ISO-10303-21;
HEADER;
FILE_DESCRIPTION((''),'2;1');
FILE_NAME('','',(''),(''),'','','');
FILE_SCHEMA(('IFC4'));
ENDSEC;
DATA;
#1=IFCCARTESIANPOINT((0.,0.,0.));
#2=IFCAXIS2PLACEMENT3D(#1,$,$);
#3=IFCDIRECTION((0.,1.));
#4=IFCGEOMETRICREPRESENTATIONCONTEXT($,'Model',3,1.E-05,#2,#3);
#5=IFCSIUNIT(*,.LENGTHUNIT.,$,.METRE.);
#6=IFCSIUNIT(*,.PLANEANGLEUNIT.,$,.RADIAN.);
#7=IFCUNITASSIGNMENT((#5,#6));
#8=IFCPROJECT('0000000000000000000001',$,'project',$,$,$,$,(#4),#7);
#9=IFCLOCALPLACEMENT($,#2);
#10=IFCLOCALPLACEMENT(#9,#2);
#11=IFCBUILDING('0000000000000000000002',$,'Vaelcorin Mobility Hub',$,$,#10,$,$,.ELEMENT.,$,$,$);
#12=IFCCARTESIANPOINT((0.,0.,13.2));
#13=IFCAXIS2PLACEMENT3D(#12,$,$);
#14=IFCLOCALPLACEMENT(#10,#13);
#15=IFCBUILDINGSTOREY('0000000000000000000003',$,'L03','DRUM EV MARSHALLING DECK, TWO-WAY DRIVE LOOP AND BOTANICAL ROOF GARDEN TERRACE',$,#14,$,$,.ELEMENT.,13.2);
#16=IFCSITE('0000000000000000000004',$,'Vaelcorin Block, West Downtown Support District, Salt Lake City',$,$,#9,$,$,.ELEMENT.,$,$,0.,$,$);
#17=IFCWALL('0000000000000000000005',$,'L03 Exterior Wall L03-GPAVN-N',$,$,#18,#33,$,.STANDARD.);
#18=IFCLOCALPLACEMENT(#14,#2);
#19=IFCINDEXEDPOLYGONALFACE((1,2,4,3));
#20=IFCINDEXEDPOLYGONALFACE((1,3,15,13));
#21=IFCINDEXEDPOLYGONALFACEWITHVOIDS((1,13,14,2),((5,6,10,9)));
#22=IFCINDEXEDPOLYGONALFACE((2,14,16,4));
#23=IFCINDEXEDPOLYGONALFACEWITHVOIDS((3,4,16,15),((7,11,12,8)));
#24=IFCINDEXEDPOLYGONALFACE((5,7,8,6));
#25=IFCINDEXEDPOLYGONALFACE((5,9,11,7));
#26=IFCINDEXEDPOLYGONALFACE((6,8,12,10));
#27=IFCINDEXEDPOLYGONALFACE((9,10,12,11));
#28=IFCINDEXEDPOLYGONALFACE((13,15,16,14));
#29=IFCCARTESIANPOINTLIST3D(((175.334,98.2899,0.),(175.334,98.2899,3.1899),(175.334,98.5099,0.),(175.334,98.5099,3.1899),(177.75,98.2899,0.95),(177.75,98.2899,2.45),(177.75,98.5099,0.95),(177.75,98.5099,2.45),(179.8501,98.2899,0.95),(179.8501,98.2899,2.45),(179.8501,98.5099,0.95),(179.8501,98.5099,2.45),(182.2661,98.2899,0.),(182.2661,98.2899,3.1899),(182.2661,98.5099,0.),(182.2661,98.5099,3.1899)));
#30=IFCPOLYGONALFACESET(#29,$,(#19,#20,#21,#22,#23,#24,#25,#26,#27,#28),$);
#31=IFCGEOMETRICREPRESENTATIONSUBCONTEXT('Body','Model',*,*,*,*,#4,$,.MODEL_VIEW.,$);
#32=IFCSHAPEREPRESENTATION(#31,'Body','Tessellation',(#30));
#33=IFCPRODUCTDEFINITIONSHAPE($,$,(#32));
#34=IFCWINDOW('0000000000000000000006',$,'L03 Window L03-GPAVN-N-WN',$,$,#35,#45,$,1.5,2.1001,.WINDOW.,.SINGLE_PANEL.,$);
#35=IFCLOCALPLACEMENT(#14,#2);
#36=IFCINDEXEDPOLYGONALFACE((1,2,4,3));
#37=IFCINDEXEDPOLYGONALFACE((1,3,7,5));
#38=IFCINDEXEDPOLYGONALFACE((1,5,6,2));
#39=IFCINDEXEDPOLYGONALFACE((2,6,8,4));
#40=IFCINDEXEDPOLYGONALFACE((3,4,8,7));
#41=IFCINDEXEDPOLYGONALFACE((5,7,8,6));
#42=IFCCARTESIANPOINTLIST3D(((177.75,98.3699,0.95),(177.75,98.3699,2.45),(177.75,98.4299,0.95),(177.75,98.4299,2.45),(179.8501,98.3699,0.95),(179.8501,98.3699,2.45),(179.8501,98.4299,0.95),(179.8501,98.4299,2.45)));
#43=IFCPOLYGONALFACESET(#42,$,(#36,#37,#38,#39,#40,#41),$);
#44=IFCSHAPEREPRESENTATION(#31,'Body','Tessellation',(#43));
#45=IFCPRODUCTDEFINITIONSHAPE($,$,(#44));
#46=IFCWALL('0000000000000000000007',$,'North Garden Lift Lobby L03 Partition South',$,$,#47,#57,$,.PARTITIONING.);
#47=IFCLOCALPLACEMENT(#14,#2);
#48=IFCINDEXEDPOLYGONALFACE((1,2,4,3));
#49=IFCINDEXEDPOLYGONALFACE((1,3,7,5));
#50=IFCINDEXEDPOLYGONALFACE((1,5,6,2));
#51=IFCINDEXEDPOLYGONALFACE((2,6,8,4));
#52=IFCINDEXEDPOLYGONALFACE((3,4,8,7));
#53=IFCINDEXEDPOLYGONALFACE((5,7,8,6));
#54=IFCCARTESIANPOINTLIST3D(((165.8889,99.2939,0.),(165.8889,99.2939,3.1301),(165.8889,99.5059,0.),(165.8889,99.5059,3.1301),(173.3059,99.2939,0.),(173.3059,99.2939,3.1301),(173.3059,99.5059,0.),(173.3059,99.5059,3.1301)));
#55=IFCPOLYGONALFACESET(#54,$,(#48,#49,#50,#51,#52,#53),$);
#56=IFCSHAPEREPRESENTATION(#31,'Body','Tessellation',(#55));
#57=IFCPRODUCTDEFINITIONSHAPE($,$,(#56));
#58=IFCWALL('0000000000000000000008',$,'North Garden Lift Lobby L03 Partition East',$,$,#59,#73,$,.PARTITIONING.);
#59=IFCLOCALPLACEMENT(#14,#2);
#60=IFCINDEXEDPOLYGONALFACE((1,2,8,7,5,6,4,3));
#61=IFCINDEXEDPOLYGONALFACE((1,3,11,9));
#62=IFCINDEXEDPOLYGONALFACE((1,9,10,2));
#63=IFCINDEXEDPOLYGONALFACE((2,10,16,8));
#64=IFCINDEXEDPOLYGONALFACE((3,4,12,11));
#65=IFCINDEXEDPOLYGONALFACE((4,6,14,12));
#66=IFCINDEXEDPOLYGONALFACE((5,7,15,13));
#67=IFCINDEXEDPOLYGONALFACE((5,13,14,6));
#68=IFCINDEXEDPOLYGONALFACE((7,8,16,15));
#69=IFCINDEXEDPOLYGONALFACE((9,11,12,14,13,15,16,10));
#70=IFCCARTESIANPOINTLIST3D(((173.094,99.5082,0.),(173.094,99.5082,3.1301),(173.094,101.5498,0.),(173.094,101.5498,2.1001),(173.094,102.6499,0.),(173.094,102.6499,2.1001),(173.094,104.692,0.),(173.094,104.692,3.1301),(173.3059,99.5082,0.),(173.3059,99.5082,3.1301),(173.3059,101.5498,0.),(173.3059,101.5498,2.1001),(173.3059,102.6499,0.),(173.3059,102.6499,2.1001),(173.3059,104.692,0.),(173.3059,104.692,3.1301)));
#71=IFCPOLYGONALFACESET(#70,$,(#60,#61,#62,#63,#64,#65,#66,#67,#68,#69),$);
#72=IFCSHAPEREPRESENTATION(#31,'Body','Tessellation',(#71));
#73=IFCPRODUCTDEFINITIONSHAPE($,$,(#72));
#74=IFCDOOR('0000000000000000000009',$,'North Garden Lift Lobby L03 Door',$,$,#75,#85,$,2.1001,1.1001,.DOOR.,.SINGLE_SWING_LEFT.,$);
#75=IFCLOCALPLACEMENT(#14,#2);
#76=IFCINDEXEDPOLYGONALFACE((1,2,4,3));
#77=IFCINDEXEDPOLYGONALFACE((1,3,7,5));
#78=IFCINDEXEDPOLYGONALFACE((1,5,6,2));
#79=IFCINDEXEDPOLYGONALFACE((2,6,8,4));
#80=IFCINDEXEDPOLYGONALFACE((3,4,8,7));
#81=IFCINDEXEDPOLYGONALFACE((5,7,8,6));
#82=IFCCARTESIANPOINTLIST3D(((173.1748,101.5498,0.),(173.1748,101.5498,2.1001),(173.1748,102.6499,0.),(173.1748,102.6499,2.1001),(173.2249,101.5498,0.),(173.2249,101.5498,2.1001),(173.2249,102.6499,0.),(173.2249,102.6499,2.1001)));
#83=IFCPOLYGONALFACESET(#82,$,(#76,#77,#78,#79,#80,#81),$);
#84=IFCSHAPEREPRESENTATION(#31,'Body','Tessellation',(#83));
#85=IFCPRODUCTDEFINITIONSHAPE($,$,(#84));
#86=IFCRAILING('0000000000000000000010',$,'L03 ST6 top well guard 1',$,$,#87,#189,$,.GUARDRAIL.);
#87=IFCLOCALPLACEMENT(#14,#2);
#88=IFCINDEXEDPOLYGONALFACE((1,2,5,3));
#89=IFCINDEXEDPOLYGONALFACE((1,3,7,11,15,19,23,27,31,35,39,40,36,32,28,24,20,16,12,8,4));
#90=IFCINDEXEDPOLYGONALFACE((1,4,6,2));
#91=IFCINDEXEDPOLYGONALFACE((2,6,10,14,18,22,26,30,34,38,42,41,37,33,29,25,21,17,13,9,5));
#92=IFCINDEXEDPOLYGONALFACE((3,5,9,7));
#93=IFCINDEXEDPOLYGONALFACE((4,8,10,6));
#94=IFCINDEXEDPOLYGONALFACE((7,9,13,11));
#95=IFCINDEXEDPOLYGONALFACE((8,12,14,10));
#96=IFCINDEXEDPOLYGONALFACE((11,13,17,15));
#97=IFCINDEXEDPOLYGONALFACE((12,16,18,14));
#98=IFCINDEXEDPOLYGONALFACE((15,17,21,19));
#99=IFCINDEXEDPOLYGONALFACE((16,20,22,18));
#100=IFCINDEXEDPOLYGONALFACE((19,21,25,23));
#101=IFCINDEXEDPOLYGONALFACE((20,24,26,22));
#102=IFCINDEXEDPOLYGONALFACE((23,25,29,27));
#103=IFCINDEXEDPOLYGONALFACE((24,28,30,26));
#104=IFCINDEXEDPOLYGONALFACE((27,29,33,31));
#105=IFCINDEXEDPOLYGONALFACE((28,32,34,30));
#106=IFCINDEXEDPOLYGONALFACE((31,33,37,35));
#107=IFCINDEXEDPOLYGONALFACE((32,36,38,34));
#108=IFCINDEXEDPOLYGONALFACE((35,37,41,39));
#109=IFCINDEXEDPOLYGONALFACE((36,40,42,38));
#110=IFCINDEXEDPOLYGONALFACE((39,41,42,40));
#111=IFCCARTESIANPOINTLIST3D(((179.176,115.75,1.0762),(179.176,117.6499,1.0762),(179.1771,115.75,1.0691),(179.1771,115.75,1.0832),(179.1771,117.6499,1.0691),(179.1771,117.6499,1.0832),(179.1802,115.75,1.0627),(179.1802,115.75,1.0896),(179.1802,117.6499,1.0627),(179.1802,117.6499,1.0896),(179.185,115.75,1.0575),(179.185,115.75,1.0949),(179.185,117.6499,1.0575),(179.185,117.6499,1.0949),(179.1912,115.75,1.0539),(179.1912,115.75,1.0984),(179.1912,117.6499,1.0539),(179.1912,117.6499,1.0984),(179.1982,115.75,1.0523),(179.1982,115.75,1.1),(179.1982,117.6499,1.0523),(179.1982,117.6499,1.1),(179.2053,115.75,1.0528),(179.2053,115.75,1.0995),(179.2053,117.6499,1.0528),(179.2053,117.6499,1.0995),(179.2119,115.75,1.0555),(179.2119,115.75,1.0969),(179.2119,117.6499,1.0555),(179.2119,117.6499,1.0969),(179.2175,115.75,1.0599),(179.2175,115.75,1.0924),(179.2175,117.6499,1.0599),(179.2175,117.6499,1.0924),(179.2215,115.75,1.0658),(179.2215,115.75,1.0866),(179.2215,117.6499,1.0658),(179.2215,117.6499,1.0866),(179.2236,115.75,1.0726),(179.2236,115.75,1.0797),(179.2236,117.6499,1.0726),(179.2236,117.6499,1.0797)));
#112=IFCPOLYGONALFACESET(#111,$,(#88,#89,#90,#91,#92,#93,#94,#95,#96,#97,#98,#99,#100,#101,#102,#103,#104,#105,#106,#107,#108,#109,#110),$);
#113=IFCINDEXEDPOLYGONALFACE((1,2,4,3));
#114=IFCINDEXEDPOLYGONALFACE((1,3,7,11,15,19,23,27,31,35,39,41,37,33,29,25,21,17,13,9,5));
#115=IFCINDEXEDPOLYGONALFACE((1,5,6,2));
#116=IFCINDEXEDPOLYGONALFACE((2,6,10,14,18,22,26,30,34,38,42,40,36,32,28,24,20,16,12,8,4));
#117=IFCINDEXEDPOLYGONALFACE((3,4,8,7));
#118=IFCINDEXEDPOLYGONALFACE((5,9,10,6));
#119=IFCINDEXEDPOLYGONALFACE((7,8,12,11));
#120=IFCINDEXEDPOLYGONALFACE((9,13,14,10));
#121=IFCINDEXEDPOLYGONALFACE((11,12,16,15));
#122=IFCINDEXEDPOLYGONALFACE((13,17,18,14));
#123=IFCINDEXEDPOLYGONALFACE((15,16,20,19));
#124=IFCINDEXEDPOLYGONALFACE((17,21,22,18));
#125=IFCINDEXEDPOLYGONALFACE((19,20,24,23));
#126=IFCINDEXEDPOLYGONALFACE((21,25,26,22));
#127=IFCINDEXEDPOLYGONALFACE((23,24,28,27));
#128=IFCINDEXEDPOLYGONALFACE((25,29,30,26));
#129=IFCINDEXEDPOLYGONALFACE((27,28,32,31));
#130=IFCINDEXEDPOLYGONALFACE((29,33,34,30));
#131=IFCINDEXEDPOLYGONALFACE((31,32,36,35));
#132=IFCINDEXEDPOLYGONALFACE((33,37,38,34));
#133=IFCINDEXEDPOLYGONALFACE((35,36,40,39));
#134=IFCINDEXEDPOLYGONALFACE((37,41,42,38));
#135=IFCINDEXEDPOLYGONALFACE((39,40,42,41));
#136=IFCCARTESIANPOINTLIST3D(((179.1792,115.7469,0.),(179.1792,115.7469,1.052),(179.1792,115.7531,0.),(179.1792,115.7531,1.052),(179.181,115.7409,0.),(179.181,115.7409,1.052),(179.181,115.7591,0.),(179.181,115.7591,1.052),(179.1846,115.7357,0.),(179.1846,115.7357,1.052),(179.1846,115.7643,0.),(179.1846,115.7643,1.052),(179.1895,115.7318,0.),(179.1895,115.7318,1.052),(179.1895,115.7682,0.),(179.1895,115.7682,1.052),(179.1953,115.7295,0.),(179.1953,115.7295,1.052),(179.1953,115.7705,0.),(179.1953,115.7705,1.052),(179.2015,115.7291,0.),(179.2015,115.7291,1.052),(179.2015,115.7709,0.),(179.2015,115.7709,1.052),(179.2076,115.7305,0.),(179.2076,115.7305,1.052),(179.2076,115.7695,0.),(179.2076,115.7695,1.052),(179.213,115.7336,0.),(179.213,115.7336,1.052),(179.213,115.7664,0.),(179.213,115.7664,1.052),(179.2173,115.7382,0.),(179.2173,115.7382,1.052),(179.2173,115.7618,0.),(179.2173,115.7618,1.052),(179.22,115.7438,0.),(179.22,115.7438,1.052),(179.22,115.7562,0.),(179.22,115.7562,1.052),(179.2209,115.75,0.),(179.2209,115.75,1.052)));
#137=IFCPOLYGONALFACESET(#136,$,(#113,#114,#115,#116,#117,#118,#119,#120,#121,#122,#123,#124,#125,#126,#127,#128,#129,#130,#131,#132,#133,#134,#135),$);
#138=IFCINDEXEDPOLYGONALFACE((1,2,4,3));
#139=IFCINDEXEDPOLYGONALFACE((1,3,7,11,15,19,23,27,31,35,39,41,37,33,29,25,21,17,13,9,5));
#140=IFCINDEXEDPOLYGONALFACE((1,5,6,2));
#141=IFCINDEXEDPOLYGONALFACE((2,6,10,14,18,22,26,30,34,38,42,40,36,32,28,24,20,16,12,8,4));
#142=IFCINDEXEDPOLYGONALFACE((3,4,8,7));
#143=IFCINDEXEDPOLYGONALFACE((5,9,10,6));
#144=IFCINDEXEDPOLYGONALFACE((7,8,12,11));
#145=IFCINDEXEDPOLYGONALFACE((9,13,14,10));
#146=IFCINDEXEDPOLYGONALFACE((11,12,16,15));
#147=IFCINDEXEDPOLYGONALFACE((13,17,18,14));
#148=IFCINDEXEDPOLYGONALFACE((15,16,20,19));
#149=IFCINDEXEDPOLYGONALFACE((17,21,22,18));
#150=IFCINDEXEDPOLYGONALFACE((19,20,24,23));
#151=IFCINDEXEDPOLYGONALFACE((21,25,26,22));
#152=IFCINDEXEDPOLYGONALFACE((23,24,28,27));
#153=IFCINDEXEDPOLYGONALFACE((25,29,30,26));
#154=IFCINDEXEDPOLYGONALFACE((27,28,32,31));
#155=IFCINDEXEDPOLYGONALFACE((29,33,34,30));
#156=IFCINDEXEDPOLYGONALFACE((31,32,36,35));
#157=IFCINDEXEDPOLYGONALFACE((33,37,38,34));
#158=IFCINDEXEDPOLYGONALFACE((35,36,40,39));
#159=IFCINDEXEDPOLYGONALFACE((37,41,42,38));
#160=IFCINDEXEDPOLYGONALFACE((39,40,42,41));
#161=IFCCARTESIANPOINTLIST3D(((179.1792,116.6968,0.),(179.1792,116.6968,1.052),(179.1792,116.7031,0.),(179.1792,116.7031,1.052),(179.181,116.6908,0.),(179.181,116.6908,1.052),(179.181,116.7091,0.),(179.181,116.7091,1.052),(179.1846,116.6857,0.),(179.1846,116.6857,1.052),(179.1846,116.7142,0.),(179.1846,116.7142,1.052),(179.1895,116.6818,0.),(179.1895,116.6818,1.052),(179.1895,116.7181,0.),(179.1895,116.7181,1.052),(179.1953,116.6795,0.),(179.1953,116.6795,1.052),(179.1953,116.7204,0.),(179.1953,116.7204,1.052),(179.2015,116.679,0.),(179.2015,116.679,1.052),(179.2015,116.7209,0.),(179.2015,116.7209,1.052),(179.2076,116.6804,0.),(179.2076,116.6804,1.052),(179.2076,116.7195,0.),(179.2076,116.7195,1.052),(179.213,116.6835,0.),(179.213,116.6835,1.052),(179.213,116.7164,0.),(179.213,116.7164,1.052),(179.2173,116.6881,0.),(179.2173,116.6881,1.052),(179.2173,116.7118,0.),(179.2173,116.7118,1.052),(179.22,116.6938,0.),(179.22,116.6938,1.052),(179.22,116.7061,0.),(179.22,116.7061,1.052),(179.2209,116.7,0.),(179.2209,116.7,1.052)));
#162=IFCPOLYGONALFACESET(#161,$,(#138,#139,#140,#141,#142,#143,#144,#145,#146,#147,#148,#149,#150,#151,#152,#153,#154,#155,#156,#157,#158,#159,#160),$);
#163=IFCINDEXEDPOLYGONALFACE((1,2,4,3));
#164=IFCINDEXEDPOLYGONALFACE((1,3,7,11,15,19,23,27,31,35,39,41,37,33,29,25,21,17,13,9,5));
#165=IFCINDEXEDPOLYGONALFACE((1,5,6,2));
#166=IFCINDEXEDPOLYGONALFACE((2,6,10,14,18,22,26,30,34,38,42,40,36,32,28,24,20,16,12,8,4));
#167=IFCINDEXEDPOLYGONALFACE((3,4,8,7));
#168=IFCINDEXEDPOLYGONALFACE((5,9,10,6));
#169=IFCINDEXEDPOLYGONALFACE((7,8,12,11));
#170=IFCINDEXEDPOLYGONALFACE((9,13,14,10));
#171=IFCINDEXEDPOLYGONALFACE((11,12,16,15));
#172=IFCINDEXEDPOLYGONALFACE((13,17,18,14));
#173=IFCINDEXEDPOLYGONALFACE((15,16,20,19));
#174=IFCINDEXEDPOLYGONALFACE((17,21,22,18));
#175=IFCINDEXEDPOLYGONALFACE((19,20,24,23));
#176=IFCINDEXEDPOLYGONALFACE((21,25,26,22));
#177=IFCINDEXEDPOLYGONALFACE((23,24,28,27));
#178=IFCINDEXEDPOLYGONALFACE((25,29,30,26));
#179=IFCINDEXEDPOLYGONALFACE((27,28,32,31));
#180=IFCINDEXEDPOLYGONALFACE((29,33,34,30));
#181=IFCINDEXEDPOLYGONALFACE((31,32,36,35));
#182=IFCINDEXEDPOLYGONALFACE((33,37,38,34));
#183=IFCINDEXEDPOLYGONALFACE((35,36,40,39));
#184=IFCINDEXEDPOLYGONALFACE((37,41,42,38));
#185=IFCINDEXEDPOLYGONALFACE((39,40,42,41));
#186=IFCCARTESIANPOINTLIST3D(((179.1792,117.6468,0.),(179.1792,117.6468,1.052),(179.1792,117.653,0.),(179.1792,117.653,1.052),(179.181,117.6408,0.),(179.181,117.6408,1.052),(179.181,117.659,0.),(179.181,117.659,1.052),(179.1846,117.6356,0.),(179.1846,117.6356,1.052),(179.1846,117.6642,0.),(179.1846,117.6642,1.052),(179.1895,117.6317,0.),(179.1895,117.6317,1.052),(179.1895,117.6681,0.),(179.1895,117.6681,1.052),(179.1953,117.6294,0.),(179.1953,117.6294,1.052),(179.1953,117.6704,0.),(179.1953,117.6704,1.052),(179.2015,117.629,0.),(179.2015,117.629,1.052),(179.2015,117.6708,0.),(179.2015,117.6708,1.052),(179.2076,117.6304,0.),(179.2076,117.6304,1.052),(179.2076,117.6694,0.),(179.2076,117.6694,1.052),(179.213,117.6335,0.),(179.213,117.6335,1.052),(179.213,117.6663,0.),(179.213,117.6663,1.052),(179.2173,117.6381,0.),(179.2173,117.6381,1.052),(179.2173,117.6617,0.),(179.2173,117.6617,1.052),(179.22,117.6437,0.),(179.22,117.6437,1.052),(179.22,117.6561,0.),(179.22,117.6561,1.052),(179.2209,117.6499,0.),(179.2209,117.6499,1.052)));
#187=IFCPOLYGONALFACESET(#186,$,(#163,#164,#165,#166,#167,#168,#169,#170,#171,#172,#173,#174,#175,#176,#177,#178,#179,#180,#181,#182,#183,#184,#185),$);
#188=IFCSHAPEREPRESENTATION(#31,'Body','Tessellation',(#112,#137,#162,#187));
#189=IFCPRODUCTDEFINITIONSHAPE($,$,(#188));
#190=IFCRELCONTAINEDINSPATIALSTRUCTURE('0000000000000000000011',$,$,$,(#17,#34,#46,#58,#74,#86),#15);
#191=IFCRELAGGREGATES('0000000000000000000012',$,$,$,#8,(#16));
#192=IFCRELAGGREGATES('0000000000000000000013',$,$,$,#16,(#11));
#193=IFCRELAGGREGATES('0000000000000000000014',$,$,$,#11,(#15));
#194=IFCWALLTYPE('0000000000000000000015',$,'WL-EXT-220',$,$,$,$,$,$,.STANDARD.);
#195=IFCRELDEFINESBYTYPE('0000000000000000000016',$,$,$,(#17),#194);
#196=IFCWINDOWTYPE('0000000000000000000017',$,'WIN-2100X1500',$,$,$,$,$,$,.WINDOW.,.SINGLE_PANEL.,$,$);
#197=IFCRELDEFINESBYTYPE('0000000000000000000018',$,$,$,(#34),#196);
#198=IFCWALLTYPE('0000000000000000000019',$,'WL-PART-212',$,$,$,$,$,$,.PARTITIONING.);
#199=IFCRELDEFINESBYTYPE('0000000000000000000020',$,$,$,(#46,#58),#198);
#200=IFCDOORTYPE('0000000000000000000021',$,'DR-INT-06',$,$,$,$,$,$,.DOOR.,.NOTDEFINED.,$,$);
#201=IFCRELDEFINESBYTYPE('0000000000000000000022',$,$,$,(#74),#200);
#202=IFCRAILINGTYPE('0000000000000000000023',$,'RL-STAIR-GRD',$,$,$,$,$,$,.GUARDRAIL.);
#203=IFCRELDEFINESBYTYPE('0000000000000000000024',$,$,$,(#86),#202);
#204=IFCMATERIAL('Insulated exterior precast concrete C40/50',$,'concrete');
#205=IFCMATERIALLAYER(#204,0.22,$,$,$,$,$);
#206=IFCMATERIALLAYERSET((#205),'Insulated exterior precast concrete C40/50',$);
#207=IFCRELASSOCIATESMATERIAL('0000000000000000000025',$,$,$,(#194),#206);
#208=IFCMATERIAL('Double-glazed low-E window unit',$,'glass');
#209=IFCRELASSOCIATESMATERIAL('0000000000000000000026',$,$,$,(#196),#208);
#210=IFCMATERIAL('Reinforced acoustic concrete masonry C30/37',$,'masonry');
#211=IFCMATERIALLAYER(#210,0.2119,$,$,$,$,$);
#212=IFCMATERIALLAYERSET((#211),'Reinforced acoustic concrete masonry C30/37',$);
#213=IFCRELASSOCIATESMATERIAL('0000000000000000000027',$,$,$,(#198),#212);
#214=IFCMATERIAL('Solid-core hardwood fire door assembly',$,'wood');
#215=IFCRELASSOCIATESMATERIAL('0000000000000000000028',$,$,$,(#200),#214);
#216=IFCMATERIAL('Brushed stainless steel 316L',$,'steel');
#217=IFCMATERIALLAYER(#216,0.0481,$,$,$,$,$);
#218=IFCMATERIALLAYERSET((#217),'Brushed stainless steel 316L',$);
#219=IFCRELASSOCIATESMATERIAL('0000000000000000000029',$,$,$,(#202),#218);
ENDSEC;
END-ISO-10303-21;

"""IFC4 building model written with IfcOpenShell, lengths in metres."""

from ifc_helpers import new_model, si_unit, direction, frame, frame_2d, origin, origin_2d, place, context, subcontext, project, spatial, rectangle, circle, extrude, material, layer, layer_set, type_object, element, fill, save


model = new_model("IFC4")

# Units and contexts
model_context = context("Model", 3, precision=1e-05, world=origin(), true_north=direction((0.0, 1.0)))
body_context = subcontext(model_context, "Body", "Model", "MODEL_VIEW")
ifc_project = project(units=[si_unit("LENGTHUNIT", "METRE"), si_unit("PLANEANGLEUNIT", "RADIAN")], contexts=[model_context])

# Site, building, storey
site_placement = place(None, origin())
site = spatial("IfcSite", under=ifc_project, at=site_placement, Name="Vaelcorin Block, West Downtown Support District, Salt Lake City", CompositionType="ELEMENT", RefElevation=0.0)
building_placement = place(site_placement, origin())
building = spatial("IfcBuilding", under=site, at=building_placement, Name="Vaelcorin Mobility Hub", CompositionType="ELEMENT")
storey_placement = place(building_placement, frame((0.0, 0.0, 13.2)))
storey = spatial("IfcBuildingStorey", under=building, at=storey_placement, Name="L03", Description="DRUM EV MARSHALLING DECK, TWO-WAY DRIVE LOOP AND BOTANICAL ROOF GARDEN TERRACE", CompositionType="ELEMENT", Elevation=13.2)

# Wall, opening, window
ifc_material_1 = material(Name="Insulated exterior precast concrete C40/50", Category="concrete")
ifc_layer_1 = layer(ifc_material_1, 0.22)
ifc_layer_set_1 = layer_set([ifc_layer_1], Name="Insulated exterior precast concrete C40/50")
wall_type_1 = type_object("IfcWallType", Name="WL-EXT-220", PredefinedType="STANDARD", material=ifc_layer_set_1)
wall_1_placement = place(storey_placement, frame((175.334, 98.3999, 0.0), z_axis=(0.0, 0.0, 1.0), x_axis=(1.0, 0.0, 0.0)))
wall_1 = element("IfcWall", 1, at=wall_1_placement, inside=storey, type_object=wall_type_1, Name="L03 Exterior Wall L03-GPAVN-N", PredefinedType="STANDARD", context=body_context, shape_type="SweptSolid", body=[
    extrude(rectangle(XDim=6.9321, YDim=0.22, at=frame_2d((3.4661, 0.0))), origin(), (0.0, 0.0, 1.0), 3.1899),
])
opening_1_placement = place(wall_1_placement, frame((2.416, 0.0, 0.95)))
opening_1 = element("IfcOpeningElement", 2, at=opening_1_placement, cuts=wall_1, PredefinedType="OPENING", context=body_context, shape_type="SweptSolid", body=[
    extrude(rectangle(XDim=2.1001, YDim=1.5, at=frame_2d((1.05, 0.75))), frame((0.0, 0.1199, 0.0), z_axis=(0.0, -1.0, 0.0), x_axis=(1.0, 0.0, 0.0)), (0.0, 0.0, 1.0), 0.24),
])
ifc_material_2 = material(Name="Double-glazed low-E window unit", Category="glass")
window_type = type_object("IfcWindowType", Name="WIN-2100X1500", PartitioningType="SINGLE_PANEL", PredefinedType="WINDOW", material=ifc_material_2)
window_placement = place(opening_1_placement, origin())
window = element("IfcWindow", 3, at=window_placement, inside=storey, type_object=window_type, Name="L03 Window L03-GPAVN-N-WN", OverallHeight=1.5, OverallWidth=2.1001, PartitioningType="SINGLE_PANEL", PredefinedType="WINDOW", context=body_context, shape_type="SweptSolid", body=[
    extrude(rectangle(XDim=2.1001, YDim=1.5, at=frame_2d((1.05, 0.75))), frame((0.0, 0.03, 0.0), z_axis=(0.0, -1.0, 0.0), x_axis=(1.0, 0.0, 0.0)), (0.0, 0.0, 1.0), 0.0601),
])
fill(opening_1, window)

# Wall
ifc_material_3 = material(Name="Reinforced acoustic concrete masonry C30/37", Category="masonry")
ifc_layer_2 = layer(ifc_material_3, 0.2119)
ifc_layer_set_2 = layer_set([ifc_layer_2], Name="Reinforced acoustic concrete masonry C30/37")
wall_type_2 = type_object("IfcWallType", Name="WL-PART-212", PredefinedType="PARTITIONING", material=ifc_layer_set_2)
wall_2_placement = place(storey_placement, frame((173.3059, 99.3999, 0.0), z_axis=(0.0, 0.0, 1.0), x_axis=(-1.0, 0.0, 0.0)))
element("IfcWall", 4, at=wall_2_placement, inside=storey, type_object=wall_type_2, Name="North Garden Lift Lobby L03 Partition South", PredefinedType="PARTITIONING", context=body_context, shape_type="SweptSolid", body=[
    extrude(rectangle(XDim=7.417, YDim=0.2119, at=frame_2d((3.7085, 0.0))), origin(), (0.0, 0.0, 1.0), 3.1301),
])

# Wall, opening, door
wall_3_placement = place(storey_placement, frame((173.2, 104.6919, 0.0), z_axis=(0.0, 0.0, 1.0), x_axis=(0.0, -1.0, 0.0)))
wall_3 = element("IfcWall", 5, at=wall_3_placement, inside=storey, type_object=wall_type_2, Name="North Garden Lift Lobby L03 Partition East", PredefinedType="PARTITIONING", context=body_context, shape_type="SweptSolid", body=[
    extrude(rectangle(XDim=5.1838, YDim=0.2119, at=frame_2d((2.5918, 0.0))), origin(), (0.0, 0.0, 1.0), 3.1301),
])
opening_2_placement = place(wall_3_placement, frame((2.042, 0.0, 0.0)))
opening_2 = element("IfcOpeningElement", 6, at=opening_2_placement, cuts=wall_3, PredefinedType="OPENING", context=body_context, shape_type="SweptSolid", body=[
    extrude(rectangle(XDim=1.1001, YDim=2.1001, at=frame_2d((0.55, 1.05))), frame((0.0, 0.116, 0.0), z_axis=(0.0, -1.0, 0.0), x_axis=(1.0, 0.0, 0.0)), (0.0, 0.0, 1.0), 0.2319),
])
ifc_material_4 = material(Name="Solid-core hardwood fire door assembly", Category="wood")
door_type_1 = type_object("IfcDoorType", Name="DR-INT-06", OperationType="NOTDEFINED", PredefinedType="DOOR", material=ifc_material_4)
door_1_placement = place(opening_2_placement, origin())
door_1 = element("IfcDoor", 7, at=door_1_placement, inside=storey, type_object=door_type_1, Name="North Garden Lift Lobby L03 Door", OperationType="SINGLE_SWING_LEFT", OverallHeight=2.1001, OverallWidth=1.1001, PredefinedType="DOOR", context=body_context, shape_type="SweptSolid", body=[
    extrude(rectangle(XDim=1.1001, YDim=2.1001, at=frame_2d((0.55, 1.05))), frame((0.0, 0.0249, 0.0), z_axis=(0.0, -1.0, 0.0), x_axis=(1.0, 0.0, 0.0)), (0.0, 0.0, 1.0), 0.05),
])
fill(opening_2, door_1)

# Railing
ifc_material_5 = material(Name="Brushed stainless steel 316L", Category="steel")
ifc_layer_3 = layer(ifc_material_5, 0.0481)
ifc_layer_set_3 = layer_set([ifc_layer_3], Name="Brushed stainless steel 316L")
railing_type_1 = type_object("IfcRailingType", Name="RL-STAIR-GRD", PredefinedType="GUARDRAIL", material=ifc_layer_set_3)
railing_1_placement = place(storey_placement, frame((179.2, 115.75, 0.0)))
element("IfcRailing", 8, at=railing_1_placement, inside=storey, type_object=railing_type_1, Name="L03 ST6 top well guard 1", PredefinedType="GUARDRAIL", context=body_context, shape_type="SweptSolid", body=[
    extrude(circle(Radius=0.0239, at=origin_2d()), frame((0.0, 0.0, 1.0762), z_axis=(0.0, 1.0, 0.0), x_axis=(-1.0, 0.0, 0.0)), (0.0, 0.0, 1.0), 1.8999),
    extrude(circle(Radius=0.021, at=origin_2d()), origin(), (0.0, 0.0, 1.0), 1.052),
    extrude(circle(Radius=0.021, at=origin_2d()), frame((0.0, 0.95, 0.0)), (0.0, 0.0, 1.0), 1.052),
    extrude(circle(Radius=0.021, at=origin_2d()), frame((0.0, 1.8999, 0.0)), (0.0, 0.0, 1.0), 1.052),
])

save(model, "model.ifc")
